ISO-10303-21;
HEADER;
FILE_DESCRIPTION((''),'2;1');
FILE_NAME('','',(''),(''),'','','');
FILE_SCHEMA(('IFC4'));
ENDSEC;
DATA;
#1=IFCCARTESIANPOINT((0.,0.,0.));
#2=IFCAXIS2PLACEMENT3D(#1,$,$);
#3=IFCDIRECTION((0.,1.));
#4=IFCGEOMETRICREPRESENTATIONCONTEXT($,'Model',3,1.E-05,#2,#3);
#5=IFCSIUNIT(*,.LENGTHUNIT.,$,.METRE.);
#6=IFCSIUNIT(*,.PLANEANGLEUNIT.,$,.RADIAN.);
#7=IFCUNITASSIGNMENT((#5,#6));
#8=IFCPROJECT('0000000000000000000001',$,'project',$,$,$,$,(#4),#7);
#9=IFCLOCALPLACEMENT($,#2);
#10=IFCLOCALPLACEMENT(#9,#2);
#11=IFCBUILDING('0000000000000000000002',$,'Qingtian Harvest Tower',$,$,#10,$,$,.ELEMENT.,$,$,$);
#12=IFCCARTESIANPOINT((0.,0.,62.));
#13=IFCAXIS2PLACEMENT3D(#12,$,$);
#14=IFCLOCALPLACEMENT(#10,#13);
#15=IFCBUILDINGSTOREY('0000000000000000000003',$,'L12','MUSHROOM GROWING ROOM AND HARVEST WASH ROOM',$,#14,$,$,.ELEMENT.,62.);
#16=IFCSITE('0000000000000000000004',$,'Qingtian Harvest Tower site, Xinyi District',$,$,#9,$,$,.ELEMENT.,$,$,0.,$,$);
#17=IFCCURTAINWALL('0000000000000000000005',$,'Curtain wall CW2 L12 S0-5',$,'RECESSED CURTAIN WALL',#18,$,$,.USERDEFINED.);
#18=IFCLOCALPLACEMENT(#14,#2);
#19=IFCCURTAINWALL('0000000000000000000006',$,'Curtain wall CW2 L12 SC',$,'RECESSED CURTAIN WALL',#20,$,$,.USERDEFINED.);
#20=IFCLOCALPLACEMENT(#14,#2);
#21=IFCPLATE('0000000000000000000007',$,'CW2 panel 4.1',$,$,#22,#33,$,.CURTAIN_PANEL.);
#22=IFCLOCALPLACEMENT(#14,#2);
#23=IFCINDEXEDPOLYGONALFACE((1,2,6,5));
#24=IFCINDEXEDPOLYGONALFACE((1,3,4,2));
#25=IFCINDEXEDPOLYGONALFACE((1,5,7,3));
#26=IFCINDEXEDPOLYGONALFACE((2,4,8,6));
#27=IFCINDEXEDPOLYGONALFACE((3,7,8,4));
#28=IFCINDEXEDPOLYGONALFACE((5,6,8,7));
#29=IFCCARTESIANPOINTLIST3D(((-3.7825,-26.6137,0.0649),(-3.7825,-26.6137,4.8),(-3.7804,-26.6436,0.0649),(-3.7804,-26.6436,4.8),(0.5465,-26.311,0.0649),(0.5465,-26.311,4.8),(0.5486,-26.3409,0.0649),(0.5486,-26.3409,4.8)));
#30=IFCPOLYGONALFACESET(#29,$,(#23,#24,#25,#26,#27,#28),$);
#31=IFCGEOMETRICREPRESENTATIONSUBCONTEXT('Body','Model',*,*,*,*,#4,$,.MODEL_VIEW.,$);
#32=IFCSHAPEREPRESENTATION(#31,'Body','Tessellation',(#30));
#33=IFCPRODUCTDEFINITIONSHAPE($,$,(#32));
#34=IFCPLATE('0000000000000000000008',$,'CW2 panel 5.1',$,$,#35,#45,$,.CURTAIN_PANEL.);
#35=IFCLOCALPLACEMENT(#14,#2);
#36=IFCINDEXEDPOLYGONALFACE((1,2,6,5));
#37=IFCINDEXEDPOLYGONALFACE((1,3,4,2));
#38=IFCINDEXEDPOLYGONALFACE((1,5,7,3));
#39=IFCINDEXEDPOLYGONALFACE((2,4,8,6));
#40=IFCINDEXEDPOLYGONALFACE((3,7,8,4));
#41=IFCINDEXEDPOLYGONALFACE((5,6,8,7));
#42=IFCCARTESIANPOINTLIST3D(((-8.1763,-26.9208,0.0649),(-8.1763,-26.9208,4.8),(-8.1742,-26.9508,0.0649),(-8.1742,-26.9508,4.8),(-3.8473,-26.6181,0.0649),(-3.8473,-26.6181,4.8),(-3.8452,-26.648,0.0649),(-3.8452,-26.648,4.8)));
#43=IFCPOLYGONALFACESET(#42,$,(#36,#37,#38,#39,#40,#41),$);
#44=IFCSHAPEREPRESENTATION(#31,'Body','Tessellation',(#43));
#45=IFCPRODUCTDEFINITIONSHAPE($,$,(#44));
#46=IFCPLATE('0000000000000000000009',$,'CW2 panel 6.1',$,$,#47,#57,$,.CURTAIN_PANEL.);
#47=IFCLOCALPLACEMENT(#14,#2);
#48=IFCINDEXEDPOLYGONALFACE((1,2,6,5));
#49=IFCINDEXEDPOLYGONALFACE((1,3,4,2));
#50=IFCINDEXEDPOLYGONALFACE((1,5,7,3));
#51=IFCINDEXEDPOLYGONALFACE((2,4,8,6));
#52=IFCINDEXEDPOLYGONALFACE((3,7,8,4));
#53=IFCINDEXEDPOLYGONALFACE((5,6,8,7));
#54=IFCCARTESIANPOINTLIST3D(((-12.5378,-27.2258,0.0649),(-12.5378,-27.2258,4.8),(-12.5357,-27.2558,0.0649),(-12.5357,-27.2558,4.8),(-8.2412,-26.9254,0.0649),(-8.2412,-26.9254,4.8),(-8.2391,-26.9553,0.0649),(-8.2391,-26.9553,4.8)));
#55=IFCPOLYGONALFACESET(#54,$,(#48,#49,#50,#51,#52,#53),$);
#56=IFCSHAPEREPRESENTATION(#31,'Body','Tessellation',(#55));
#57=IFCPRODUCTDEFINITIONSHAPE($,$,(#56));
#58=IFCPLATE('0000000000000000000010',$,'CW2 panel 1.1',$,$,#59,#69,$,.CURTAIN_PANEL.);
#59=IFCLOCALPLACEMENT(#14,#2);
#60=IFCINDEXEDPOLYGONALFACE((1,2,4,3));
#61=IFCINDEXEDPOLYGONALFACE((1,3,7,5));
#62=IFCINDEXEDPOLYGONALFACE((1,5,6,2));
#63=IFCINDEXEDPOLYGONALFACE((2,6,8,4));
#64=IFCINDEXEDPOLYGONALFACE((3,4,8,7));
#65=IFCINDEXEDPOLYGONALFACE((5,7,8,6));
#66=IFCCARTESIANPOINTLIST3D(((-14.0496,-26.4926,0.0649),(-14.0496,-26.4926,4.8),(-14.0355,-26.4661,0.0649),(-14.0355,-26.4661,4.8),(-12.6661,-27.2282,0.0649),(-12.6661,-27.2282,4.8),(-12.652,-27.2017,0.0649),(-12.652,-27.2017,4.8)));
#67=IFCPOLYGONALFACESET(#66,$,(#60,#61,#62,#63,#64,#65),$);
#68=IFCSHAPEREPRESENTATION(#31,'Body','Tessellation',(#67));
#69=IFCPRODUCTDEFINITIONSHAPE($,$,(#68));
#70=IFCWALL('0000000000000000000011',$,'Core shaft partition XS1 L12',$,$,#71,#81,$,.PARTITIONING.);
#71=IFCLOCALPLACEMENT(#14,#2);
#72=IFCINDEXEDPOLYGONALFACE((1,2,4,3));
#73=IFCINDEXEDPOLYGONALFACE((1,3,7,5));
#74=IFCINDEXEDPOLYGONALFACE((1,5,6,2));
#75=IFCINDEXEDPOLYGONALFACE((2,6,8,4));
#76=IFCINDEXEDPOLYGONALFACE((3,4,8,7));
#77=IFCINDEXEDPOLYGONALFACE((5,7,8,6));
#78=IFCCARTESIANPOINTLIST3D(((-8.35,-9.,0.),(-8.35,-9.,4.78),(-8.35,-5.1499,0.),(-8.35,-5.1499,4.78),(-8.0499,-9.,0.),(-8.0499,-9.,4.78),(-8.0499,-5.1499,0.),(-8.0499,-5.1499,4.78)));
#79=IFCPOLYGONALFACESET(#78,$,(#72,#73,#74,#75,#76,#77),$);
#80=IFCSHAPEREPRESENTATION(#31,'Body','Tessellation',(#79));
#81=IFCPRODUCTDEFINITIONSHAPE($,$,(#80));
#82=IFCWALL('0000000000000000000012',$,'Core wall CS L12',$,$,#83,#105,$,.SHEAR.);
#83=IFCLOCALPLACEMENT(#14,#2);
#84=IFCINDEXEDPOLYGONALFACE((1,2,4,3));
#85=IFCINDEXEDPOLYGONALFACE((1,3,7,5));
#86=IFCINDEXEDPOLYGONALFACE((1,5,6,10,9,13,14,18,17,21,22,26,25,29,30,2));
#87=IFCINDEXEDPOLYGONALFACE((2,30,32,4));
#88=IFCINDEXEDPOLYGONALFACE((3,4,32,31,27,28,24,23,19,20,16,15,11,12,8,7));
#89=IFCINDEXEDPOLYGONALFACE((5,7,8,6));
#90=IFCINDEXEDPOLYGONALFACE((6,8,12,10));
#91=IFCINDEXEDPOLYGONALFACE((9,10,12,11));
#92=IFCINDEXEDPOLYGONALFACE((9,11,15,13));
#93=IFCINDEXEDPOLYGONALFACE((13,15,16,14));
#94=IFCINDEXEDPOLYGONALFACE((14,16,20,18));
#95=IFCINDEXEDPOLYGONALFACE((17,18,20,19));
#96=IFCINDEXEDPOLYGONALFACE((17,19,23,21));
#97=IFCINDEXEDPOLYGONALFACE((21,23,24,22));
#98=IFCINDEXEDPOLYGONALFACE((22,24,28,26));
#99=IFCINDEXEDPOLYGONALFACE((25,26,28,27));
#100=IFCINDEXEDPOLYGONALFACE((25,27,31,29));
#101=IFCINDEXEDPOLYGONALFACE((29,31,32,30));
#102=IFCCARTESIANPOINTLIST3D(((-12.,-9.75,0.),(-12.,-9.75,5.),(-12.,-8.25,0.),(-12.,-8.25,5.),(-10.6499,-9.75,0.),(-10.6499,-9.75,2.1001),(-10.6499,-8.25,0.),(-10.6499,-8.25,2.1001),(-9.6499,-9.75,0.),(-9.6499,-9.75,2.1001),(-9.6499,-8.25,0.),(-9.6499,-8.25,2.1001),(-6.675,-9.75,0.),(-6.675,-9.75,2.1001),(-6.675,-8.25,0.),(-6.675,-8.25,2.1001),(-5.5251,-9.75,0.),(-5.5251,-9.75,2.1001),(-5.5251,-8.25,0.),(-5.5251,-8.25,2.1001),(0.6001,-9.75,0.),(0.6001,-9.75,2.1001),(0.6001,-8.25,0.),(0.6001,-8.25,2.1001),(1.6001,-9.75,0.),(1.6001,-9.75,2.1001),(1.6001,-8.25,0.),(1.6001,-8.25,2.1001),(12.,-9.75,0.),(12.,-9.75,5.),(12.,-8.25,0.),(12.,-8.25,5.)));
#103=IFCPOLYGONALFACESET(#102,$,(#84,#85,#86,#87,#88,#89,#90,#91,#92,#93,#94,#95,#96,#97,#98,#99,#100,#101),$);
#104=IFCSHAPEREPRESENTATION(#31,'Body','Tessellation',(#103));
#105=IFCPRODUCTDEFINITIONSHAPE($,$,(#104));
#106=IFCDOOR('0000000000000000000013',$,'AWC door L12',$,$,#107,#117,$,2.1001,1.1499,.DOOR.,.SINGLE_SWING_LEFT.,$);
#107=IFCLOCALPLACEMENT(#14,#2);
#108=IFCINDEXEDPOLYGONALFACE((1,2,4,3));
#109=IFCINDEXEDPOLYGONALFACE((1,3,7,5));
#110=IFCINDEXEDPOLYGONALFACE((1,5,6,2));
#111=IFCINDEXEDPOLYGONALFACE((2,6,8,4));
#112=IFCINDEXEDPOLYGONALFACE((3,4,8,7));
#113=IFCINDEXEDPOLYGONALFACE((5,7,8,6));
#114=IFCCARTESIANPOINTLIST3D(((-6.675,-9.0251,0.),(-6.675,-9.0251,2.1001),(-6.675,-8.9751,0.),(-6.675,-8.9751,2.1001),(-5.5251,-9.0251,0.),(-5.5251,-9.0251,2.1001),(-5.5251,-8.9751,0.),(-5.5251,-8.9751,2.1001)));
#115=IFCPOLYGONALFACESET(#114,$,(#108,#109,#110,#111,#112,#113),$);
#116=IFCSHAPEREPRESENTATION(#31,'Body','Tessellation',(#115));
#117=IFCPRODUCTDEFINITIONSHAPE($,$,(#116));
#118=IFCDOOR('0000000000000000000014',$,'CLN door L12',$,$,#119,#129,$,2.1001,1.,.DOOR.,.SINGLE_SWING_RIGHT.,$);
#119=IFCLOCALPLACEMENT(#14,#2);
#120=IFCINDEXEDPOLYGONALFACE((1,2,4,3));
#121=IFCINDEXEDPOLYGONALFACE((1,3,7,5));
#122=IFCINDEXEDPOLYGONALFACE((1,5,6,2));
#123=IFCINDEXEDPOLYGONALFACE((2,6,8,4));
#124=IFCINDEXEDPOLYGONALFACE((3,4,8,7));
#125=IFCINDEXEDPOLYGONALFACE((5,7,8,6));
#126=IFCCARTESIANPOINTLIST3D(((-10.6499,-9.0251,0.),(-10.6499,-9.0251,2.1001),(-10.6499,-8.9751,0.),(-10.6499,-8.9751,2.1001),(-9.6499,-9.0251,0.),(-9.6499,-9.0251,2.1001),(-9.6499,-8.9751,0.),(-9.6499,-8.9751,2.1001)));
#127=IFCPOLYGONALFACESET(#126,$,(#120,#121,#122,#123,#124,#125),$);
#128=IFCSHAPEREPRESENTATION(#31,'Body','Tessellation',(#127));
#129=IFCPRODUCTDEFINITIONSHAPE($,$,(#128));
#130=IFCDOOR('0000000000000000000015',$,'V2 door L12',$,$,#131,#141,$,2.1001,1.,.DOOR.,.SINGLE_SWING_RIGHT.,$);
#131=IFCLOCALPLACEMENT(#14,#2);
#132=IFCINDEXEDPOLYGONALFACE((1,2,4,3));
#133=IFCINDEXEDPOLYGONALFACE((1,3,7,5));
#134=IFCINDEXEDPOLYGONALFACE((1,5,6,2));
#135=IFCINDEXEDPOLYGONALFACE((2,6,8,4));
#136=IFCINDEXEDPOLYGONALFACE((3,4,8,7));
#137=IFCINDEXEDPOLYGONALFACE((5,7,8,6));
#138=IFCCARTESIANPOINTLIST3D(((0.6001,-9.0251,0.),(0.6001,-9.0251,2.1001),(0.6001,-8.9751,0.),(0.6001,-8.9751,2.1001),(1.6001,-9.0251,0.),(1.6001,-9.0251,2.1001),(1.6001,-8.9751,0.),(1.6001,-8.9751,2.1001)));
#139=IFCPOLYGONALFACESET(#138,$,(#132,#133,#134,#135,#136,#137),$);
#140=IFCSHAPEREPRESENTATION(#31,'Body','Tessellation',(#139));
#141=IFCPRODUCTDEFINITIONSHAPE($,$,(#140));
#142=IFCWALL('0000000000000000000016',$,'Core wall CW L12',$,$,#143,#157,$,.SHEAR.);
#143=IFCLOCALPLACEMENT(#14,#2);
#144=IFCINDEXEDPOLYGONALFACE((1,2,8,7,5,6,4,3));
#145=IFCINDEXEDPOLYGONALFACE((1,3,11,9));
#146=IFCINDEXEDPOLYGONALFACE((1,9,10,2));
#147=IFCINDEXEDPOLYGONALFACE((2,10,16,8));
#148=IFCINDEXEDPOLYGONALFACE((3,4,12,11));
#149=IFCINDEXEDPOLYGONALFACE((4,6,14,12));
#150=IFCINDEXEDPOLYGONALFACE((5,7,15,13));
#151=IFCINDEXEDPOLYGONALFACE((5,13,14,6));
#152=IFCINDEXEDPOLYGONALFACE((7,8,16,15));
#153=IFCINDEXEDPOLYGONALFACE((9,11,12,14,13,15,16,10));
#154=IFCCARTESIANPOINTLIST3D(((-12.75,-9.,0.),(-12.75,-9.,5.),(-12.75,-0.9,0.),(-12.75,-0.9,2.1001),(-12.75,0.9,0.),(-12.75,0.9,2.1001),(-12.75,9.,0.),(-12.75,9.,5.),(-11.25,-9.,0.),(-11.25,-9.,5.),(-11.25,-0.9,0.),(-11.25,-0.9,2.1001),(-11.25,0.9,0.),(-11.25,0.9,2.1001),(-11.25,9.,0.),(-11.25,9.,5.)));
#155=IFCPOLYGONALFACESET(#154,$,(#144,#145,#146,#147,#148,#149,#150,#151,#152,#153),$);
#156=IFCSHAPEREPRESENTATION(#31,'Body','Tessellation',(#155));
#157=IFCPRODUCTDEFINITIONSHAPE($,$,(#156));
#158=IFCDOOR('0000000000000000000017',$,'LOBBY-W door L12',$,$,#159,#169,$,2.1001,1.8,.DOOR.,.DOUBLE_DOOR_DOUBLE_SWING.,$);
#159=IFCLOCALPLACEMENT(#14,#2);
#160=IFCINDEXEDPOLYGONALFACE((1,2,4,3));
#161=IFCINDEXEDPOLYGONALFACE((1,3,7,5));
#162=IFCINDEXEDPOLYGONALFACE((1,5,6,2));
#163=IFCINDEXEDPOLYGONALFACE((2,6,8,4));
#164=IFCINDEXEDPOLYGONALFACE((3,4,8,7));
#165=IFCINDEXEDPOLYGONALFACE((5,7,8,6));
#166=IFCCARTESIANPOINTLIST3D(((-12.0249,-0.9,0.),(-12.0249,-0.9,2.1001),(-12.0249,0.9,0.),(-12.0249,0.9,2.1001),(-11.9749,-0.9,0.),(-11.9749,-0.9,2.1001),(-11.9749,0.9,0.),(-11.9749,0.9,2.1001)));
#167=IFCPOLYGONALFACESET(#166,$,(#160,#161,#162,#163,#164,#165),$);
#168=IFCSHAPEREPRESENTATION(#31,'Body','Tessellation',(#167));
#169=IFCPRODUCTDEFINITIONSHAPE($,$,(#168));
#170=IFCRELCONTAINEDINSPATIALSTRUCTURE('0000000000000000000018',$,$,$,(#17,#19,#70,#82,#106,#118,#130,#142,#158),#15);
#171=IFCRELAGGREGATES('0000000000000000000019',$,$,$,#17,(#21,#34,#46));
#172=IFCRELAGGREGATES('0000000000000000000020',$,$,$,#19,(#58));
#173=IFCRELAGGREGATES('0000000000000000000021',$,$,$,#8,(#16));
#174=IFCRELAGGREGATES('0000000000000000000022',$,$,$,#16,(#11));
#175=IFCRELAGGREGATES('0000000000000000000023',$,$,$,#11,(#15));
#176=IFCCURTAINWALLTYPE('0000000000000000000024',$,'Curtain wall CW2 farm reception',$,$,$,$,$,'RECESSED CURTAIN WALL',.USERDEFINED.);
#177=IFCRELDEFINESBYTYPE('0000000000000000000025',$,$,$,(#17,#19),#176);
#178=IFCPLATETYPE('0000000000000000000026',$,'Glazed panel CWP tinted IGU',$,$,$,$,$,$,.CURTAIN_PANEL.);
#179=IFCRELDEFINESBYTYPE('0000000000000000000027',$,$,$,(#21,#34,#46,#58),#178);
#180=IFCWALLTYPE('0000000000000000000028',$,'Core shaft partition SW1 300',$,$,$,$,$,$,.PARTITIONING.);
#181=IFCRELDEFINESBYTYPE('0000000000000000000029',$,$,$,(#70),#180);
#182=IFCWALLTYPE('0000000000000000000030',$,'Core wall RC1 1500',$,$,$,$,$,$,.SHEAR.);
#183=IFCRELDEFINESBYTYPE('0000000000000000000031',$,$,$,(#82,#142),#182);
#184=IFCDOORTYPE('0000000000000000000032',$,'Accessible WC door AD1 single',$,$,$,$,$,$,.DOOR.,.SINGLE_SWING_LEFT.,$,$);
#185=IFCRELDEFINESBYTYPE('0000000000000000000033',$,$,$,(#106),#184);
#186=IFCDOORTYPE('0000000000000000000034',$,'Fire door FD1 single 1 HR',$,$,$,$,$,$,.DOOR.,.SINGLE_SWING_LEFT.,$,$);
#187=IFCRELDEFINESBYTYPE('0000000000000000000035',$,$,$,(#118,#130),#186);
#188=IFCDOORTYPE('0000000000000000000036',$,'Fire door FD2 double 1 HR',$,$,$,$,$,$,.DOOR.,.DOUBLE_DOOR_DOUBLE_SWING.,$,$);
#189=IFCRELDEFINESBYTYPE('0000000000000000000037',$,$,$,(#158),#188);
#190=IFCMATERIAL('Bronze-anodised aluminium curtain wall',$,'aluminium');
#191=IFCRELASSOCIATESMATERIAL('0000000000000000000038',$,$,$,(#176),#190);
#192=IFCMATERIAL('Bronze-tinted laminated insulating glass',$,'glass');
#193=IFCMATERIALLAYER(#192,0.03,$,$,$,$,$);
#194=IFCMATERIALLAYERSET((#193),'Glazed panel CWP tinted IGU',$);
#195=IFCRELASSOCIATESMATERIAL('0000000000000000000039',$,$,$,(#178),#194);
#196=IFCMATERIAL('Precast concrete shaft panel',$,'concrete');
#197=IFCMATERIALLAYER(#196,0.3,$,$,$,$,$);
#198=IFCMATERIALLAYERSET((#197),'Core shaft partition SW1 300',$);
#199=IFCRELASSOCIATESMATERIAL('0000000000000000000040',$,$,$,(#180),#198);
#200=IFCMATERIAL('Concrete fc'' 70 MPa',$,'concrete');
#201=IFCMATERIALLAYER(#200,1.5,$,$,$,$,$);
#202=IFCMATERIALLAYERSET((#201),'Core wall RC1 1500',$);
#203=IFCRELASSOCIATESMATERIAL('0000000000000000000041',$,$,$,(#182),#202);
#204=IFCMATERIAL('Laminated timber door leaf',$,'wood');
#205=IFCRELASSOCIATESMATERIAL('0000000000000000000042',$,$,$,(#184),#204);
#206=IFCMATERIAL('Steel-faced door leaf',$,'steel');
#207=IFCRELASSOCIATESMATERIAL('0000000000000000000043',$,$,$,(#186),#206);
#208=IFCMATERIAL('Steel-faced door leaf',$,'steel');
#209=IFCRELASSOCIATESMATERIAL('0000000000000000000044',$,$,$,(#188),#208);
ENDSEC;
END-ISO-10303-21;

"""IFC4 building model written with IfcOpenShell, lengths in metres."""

from ifc_helpers import new_model, si_unit, direction, frame, frame_2d, origin, origin_2d, place, context, subcontext, project, spatial, rectangle, extrude, material, layer, layer_set, type_object, element, fill, aggregate, save


model = new_model("IFC4")

# Units and contexts
model_context = context("Model", 3, precision=1e-05, world=origin(), true_north=direction((0.0, 1.0)))
body_context = subcontext(model_context, "Body", "Model", "MODEL_VIEW")
ifc_project = project(units=[si_unit("LENGTHUNIT", "METRE"), si_unit("PLANEANGLEUNIT", "RADIAN")], contexts=[model_context])

# Site, building, storey
site_placement = place(None, origin())
site = spatial("IfcSite", under=ifc_project, at=site_placement, Name="Qingtian Harvest Tower site, Xinyi District", CompositionType="ELEMENT", RefElevation=0.0)
building_placement = place(site_placement, origin())
building = spatial("IfcBuilding", under=site, at=building_placement, Name="Qingtian Harvest Tower", CompositionType="ELEMENT")
storey_placement = place(building_placement, frame((0.0, 0.0, 62.0)))
storey = spatial("IfcBuildingStorey", under=building, at=storey_placement, Name="L12", Description="MUSHROOM GROWING ROOM AND HARVEST WASH ROOM", CompositionType="ELEMENT", Elevation=62.0)

# Curtain walls
ifc_material_1 = material(Name="Bronze-anodised aluminium curtain wall", Category="aluminium")
curtain_wall_type = type_object("IfcCurtainWallType", Name="Curtain wall CW2 farm reception", ElementType="RECESSED CURTAIN WALL", PredefinedType="USERDEFINED", material=ifc_material_1)
curtain_wall_1_placement = place(storey_placement, origin())
curtain_wall_1 = element("IfcCurtainWall", 1, at=curtain_wall_1_placement, inside=storey, type_object=curtain_wall_type, Name="Curtain wall CW2 L12 S0-5", ObjectType="RECESSED CURTAIN WALL", PredefinedType="USERDEFINED")
curtain_wall_2_placement = place(storey_placement, origin())
curtain_wall_2 = element("IfcCurtainWall", 2, at=curtain_wall_2_placement, inside=storey, type_object=curtain_wall_type, Name="Curtain wall CW2 L12 SC", ObjectType="RECESSED CURTAIN WALL", PredefinedType="USERDEFINED")

# Plates
ifc_material_2 = material(Name="Bronze-tinted laminated insulating glass", Category="glass")
ifc_layer_1 = layer(ifc_material_2, 0.03)
ifc_layer_set_1 = layer_set([ifc_layer_1], Name="Glazed panel CWP tinted IGU")
plate_type = type_object("IfcPlateType", Name="Glazed panel CWP tinted IGU", PredefinedType="CURTAIN_PANEL", material=ifc_layer_set_1)
plate_1_placement = place(storey_placement, frame((-1.6169, -26.4773, 0.0649), z_axis=(0.0, 0.0, 1.0), x_axis=(-0.997564, -0.069756, 0.0)))
plate_1 = element("IfcPlate", 3, at=plate_1_placement, type_object=plate_type, Name="CW2 panel 4.1", PredefinedType="CURTAIN_PANEL", context=body_context, shape_type="SweptSolid", body=[
    extrude(rectangle(XDim=4.3396, YDim=0.03, at=origin_2d()), origin(), (0.0, 0.0, 1.0), 4.7351),
])
plate_2_placement = place(storey_placement, frame((-6.0107, -26.7844, 0.0649), z_axis=(0.0, 0.0, 1.0), x_axis=(-0.997564, -0.069756, 0.0)))
plate_2 = element("IfcPlate", 4, at=plate_2_placement, type_object=plate_type, Name="CW2 panel 5.1", PredefinedType="CURTAIN_PANEL", context=body_context, shape_type="SweptSolid", body=[
    extrude(rectangle(XDim=4.3396, YDim=0.03, at=origin_2d()), origin(), (0.0, 0.0, 1.0), 4.7351),
])
plate_3_placement = place(storey_placement, frame((-10.3884, -27.0906, 0.0649), z_axis=(0.0, 0.0, 1.0), x_axis=(-0.997564, -0.069756, 0.0)))
plate_3 = element("IfcPlate", 5, at=plate_3_placement, type_object=plate_type, Name="CW2 panel 6.1", PredefinedType="CURTAIN_PANEL", context=body_context, shape_type="SweptSolid", body=[
    extrude(rectangle(XDim=4.3071, YDim=0.03, at=origin_2d()), origin(), (0.0, 0.0, 1.0), 4.7351),
])
aggregate(curtain_wall_1, [plate_1, plate_2, plate_3])
plate_4_placement = place(storey_placement, frame((-13.3508, -26.8472, 0.0649), z_axis=(0.0, 0.0, 1.0), x_axis=(-0.882948, 0.469472, 0.0)))
plate_4 = element("IfcPlate", 6, at=plate_4_placement, type_object=plate_type, Name="CW2 panel 1.1", PredefinedType="CURTAIN_PANEL", context=body_context, shape_type="SweptSolid", body=[
    extrude(rectangle(XDim=1.5669, YDim=0.03, at=origin_2d()), origin(), (0.0, 0.0, 1.0), 4.7351),
])
aggregate(curtain_wall_2, [plate_4])

# Wall
ifc_material_3 = material(Name="Precast concrete shaft panel", Category="concrete")
ifc_layer_2 = layer(ifc_material_3, 0.3)
ifc_layer_set_2 = layer_set([ifc_layer_2], Name="Core shaft partition SW1 300")
wall_type_1 = type_object("IfcWallType", Name="Core shaft partition SW1 300", PredefinedType="PARTITIONING", material=ifc_layer_set_2)
wall_1_placement = place(storey_placement, frame((-8.2, -9.0, 0.0), z_axis=(0.0, 0.0, 1.0), x_axis=(0.0, 1.0, 0.0)))
element("IfcWall", 7, at=wall_1_placement, inside=storey, type_object=wall_type_1, Name="Core shaft partition XS1 L12", PredefinedType="PARTITIONING", context=body_context, shape_type="SweptSolid", body=[
    extrude(rectangle(XDim=3.8501, YDim=0.3, at=frame_2d((1.925, 0.0))), origin(), (0.0, 0.0, 1.0), 4.78),
])

# Wall, openings, doors
ifc_material_4 = material(Name="Concrete fc' 70 MPa", Category="concrete")
ifc_layer_3 = layer(ifc_material_4, 1.5)
ifc_layer_set_3 = layer_set([ifc_layer_3], Name="Core wall RC1 1500")
wall_type_2 = type_object("IfcWallType", Name="Core wall RC1 1500", PredefinedType="SHEAR", material=ifc_layer_set_3)
wall_2_placement = place(storey_placement, frame((-12.0, -9.0, 0.0), z_axis=(0.0, 0.0, 1.0), x_axis=(1.0, 0.0, 0.0)))
wall_2 = element("IfcWall", 8, at=wall_2_placement, inside=storey, type_object=wall_type_2, Name="Core wall CS L12", PredefinedType="SHEAR", context=body_context, shape_type="SweptSolid", body=[
    extrude(rectangle(XDim=24.0, YDim=1.5, at=frame_2d((12.0, 0.0))), origin(), (0.0, 0.0, 1.0), 5.0),
])
opening_1_placement = place(wall_2_placement, frame((1.3501, 0.0, 0.0)))
opening_1 = element("IfcOpeningElement", 9, at=opening_1_placement, cuts=wall_2, PredefinedType="OPENING", context=body_context, shape_type="SweptSolid", body=[
    extrude(rectangle(XDim=1.0, YDim=2.1001, at=frame_2d((0.5, 1.05))), frame((0.0, 0.76, 0.0), z_axis=(0.0, -1.0, 0.0), x_axis=(1.0, 0.0, 0.0)), (0.0, 0.0, 1.0), 1.52),
])
opening_2_placement = place(wall_2_placement, frame((5.325, 0.0, 0.0)))
opening_2 = element("IfcOpeningElement", 10, at=opening_2_placement, cuts=wall_2, PredefinedType="OPENING", context=body_context, shape_type="SweptSolid", body=[
    extrude(rectangle(XDim=1.1499, YDim=2.1001, at=frame_2d((0.575, 1.05))), frame((0.0, 0.76, 0.0), z_axis=(0.0, -1.0, 0.0), x_axis=(1.0, 0.0, 0.0)), (0.0, 0.0, 1.0), 1.52),
])
opening_3_placement = place(wall_2_placement, frame((12.6001, 0.0, 0.0)))
opening_3 = element("IfcOpeningElement", 11, at=opening_3_placement, cuts=wall_2, PredefinedType="OPENING", context=body_context, shape_type="SweptSolid", body=[
    extrude(rectangle(XDim=1.0, YDim=2.1001, at=frame_2d((0.5, 1.05))), frame((0.0, 0.76, 0.0), z_axis=(0.0, -1.0, 0.0), x_axis=(1.0, 0.0, 0.0)), (0.0, 0.0, 1.0), 1.52),
])
ifc_material_5 = material(Name="Laminated timber door leaf", Category="wood")
door_type_1 = type_object("IfcDoorType", Name="Accessible WC door AD1 single", OperationType="SINGLE_SWING_LEFT", PredefinedType="DOOR", material=ifc_material_5)
door_1_placement = place(opening_2_placement, origin())
door_1 = element("IfcDoor", 12, at=door_1_placement, inside=storey, type_object=door_type_1, Name="AWC door L12", OperationType="SINGLE_SWING_LEFT", OverallHeight=2.1001, OverallWidth=1.1499, PredefinedType="DOOR", context=body_context, shape_type="SweptSolid", body=[
    extrude(rectangle(XDim=1.1499, YDim=2.1001, at=frame_2d((0.575, 1.05))), frame((0.0, 0.0249, 0.0), z_axis=(0.0, -1.0, 0.0), x_axis=(1.0, 0.0, 0.0)), (0.0, 0.0, 1.0), 0.05),
])
fill(opening_2, door_1)
ifc_material_6 = material(Name="Steel-faced door leaf", Category="steel")
door_type_2 = type_object("IfcDoorType", Name="Fire door FD1 single 1 HR", OperationType="SINGLE_SWING_LEFT", PredefinedType="DOOR", material=ifc_material_6)
door_2_placement = place(opening_1_placement, origin())
door_2 = element("IfcDoor", 13, at=door_2_placement, inside=storey, type_object=door_type_2, Name="CLN door L12", OperationType="SINGLE_SWING_RIGHT", OverallHeight=2.1001, OverallWidth=1.0, PredefinedType="DOOR", context=body_context, shape_type="SweptSolid", body=[
    extrude(rectangle(XDim=1.0, YDim=2.1001, at=frame_2d((0.5, 1.05))), frame((0.0, 0.0249, 0.0), z_axis=(0.0, -1.0, 0.0), x_axis=(1.0, 0.0, 0.0)), (0.0, 0.0, 1.0), 0.05),
])
fill(opening_1, door_2)
door_3_placement = place(opening_3_placement, origin())
door_3 = element("IfcDoor", 14, at=door_3_placement, inside=storey, type_object=door_type_2, Name="V2 door L12", OperationType="SINGLE_SWING_RIGHT", OverallHeight=2.1001, OverallWidth=1.0, PredefinedType="DOOR", context=body_context, shape_type="SweptSolid", body=[
    extrude(rectangle(XDim=1.0, YDim=2.1001, at=frame_2d((0.5, 1.05))), frame((0.0, 0.0249, 0.0), z_axis=(0.0, -1.0, 0.0), x_axis=(1.0, 0.0, 0.0)), (0.0, 0.0, 1.0), 0.05),
])
fill(opening_3, door_3)

# Wall, opening, door
wall_3_placement = place(storey_placement, frame((-12.0, -9.0, 0.0), z_axis=(0.0, 0.0, 1.0), x_axis=(0.0, 1.0, 0.0)))
wall_3 = element("IfcWall", 15, at=wall_3_placement, inside=storey, type_object=wall_type_2, Name="Core wall CW L12", PredefinedType="SHEAR", context=body_context, shape_type="SweptSolid", body=[
    extrude(rectangle(XDim=18.0, YDim=1.5, at=frame_2d((9.0, 0.0))), origin(), (0.0, 0.0, 1.0), 5.0),
])
opening_4_placement = place(wall_3_placement, frame((8.1001, 0.0, 0.0)))
opening_4 = element("IfcOpeningElement", 16, at=opening_4_placement, cuts=wall_3, PredefinedType="OPENING", context=body_context, shape_type="SweptSolid", body=[
    extrude(rectangle(XDim=1.8, YDim=2.1001, at=frame_2d((0.8999, 1.05))), frame((0.0, 0.76, 0.0), z_axis=(0.0, -1.0, 0.0), x_axis=(1.0, 0.0, 0.0)), (0.0, 0.0, 1.0), 1.52),
])
ifc_material_7 = material(Name="Steel-faced door leaf", Category="steel")
door_type_3 = type_object("IfcDoorType", Name="Fire door FD2 double 1 HR", OperationType="DOUBLE_DOOR_DOUBLE_SWING", PredefinedType="DOOR", material=ifc_material_7)
door_4_placement = place(opening_4_placement, origin())
door_4 = element("IfcDoor", 17, at=door_4_placement, inside=storey, type_object=door_type_3, Name="LOBBY-W door L12", OperationType="DOUBLE_DOOR_DOUBLE_SWING", OverallHeight=2.1001, OverallWidth=1.8, PredefinedType="DOOR", context=body_context, shape_type="SweptSolid", body=[
    extrude(rectangle(XDim=1.8, YDim=2.1001, at=frame_2d((0.8999, 1.05))), frame((0.0, 0.0249, 0.0), z_axis=(0.0, -1.0, 0.0), x_axis=(1.0, 0.0, 0.0)), (0.0, 0.0, 1.0), 0.05),
])
fill(opening_4, door_4)

save(model, "model.ifc")
